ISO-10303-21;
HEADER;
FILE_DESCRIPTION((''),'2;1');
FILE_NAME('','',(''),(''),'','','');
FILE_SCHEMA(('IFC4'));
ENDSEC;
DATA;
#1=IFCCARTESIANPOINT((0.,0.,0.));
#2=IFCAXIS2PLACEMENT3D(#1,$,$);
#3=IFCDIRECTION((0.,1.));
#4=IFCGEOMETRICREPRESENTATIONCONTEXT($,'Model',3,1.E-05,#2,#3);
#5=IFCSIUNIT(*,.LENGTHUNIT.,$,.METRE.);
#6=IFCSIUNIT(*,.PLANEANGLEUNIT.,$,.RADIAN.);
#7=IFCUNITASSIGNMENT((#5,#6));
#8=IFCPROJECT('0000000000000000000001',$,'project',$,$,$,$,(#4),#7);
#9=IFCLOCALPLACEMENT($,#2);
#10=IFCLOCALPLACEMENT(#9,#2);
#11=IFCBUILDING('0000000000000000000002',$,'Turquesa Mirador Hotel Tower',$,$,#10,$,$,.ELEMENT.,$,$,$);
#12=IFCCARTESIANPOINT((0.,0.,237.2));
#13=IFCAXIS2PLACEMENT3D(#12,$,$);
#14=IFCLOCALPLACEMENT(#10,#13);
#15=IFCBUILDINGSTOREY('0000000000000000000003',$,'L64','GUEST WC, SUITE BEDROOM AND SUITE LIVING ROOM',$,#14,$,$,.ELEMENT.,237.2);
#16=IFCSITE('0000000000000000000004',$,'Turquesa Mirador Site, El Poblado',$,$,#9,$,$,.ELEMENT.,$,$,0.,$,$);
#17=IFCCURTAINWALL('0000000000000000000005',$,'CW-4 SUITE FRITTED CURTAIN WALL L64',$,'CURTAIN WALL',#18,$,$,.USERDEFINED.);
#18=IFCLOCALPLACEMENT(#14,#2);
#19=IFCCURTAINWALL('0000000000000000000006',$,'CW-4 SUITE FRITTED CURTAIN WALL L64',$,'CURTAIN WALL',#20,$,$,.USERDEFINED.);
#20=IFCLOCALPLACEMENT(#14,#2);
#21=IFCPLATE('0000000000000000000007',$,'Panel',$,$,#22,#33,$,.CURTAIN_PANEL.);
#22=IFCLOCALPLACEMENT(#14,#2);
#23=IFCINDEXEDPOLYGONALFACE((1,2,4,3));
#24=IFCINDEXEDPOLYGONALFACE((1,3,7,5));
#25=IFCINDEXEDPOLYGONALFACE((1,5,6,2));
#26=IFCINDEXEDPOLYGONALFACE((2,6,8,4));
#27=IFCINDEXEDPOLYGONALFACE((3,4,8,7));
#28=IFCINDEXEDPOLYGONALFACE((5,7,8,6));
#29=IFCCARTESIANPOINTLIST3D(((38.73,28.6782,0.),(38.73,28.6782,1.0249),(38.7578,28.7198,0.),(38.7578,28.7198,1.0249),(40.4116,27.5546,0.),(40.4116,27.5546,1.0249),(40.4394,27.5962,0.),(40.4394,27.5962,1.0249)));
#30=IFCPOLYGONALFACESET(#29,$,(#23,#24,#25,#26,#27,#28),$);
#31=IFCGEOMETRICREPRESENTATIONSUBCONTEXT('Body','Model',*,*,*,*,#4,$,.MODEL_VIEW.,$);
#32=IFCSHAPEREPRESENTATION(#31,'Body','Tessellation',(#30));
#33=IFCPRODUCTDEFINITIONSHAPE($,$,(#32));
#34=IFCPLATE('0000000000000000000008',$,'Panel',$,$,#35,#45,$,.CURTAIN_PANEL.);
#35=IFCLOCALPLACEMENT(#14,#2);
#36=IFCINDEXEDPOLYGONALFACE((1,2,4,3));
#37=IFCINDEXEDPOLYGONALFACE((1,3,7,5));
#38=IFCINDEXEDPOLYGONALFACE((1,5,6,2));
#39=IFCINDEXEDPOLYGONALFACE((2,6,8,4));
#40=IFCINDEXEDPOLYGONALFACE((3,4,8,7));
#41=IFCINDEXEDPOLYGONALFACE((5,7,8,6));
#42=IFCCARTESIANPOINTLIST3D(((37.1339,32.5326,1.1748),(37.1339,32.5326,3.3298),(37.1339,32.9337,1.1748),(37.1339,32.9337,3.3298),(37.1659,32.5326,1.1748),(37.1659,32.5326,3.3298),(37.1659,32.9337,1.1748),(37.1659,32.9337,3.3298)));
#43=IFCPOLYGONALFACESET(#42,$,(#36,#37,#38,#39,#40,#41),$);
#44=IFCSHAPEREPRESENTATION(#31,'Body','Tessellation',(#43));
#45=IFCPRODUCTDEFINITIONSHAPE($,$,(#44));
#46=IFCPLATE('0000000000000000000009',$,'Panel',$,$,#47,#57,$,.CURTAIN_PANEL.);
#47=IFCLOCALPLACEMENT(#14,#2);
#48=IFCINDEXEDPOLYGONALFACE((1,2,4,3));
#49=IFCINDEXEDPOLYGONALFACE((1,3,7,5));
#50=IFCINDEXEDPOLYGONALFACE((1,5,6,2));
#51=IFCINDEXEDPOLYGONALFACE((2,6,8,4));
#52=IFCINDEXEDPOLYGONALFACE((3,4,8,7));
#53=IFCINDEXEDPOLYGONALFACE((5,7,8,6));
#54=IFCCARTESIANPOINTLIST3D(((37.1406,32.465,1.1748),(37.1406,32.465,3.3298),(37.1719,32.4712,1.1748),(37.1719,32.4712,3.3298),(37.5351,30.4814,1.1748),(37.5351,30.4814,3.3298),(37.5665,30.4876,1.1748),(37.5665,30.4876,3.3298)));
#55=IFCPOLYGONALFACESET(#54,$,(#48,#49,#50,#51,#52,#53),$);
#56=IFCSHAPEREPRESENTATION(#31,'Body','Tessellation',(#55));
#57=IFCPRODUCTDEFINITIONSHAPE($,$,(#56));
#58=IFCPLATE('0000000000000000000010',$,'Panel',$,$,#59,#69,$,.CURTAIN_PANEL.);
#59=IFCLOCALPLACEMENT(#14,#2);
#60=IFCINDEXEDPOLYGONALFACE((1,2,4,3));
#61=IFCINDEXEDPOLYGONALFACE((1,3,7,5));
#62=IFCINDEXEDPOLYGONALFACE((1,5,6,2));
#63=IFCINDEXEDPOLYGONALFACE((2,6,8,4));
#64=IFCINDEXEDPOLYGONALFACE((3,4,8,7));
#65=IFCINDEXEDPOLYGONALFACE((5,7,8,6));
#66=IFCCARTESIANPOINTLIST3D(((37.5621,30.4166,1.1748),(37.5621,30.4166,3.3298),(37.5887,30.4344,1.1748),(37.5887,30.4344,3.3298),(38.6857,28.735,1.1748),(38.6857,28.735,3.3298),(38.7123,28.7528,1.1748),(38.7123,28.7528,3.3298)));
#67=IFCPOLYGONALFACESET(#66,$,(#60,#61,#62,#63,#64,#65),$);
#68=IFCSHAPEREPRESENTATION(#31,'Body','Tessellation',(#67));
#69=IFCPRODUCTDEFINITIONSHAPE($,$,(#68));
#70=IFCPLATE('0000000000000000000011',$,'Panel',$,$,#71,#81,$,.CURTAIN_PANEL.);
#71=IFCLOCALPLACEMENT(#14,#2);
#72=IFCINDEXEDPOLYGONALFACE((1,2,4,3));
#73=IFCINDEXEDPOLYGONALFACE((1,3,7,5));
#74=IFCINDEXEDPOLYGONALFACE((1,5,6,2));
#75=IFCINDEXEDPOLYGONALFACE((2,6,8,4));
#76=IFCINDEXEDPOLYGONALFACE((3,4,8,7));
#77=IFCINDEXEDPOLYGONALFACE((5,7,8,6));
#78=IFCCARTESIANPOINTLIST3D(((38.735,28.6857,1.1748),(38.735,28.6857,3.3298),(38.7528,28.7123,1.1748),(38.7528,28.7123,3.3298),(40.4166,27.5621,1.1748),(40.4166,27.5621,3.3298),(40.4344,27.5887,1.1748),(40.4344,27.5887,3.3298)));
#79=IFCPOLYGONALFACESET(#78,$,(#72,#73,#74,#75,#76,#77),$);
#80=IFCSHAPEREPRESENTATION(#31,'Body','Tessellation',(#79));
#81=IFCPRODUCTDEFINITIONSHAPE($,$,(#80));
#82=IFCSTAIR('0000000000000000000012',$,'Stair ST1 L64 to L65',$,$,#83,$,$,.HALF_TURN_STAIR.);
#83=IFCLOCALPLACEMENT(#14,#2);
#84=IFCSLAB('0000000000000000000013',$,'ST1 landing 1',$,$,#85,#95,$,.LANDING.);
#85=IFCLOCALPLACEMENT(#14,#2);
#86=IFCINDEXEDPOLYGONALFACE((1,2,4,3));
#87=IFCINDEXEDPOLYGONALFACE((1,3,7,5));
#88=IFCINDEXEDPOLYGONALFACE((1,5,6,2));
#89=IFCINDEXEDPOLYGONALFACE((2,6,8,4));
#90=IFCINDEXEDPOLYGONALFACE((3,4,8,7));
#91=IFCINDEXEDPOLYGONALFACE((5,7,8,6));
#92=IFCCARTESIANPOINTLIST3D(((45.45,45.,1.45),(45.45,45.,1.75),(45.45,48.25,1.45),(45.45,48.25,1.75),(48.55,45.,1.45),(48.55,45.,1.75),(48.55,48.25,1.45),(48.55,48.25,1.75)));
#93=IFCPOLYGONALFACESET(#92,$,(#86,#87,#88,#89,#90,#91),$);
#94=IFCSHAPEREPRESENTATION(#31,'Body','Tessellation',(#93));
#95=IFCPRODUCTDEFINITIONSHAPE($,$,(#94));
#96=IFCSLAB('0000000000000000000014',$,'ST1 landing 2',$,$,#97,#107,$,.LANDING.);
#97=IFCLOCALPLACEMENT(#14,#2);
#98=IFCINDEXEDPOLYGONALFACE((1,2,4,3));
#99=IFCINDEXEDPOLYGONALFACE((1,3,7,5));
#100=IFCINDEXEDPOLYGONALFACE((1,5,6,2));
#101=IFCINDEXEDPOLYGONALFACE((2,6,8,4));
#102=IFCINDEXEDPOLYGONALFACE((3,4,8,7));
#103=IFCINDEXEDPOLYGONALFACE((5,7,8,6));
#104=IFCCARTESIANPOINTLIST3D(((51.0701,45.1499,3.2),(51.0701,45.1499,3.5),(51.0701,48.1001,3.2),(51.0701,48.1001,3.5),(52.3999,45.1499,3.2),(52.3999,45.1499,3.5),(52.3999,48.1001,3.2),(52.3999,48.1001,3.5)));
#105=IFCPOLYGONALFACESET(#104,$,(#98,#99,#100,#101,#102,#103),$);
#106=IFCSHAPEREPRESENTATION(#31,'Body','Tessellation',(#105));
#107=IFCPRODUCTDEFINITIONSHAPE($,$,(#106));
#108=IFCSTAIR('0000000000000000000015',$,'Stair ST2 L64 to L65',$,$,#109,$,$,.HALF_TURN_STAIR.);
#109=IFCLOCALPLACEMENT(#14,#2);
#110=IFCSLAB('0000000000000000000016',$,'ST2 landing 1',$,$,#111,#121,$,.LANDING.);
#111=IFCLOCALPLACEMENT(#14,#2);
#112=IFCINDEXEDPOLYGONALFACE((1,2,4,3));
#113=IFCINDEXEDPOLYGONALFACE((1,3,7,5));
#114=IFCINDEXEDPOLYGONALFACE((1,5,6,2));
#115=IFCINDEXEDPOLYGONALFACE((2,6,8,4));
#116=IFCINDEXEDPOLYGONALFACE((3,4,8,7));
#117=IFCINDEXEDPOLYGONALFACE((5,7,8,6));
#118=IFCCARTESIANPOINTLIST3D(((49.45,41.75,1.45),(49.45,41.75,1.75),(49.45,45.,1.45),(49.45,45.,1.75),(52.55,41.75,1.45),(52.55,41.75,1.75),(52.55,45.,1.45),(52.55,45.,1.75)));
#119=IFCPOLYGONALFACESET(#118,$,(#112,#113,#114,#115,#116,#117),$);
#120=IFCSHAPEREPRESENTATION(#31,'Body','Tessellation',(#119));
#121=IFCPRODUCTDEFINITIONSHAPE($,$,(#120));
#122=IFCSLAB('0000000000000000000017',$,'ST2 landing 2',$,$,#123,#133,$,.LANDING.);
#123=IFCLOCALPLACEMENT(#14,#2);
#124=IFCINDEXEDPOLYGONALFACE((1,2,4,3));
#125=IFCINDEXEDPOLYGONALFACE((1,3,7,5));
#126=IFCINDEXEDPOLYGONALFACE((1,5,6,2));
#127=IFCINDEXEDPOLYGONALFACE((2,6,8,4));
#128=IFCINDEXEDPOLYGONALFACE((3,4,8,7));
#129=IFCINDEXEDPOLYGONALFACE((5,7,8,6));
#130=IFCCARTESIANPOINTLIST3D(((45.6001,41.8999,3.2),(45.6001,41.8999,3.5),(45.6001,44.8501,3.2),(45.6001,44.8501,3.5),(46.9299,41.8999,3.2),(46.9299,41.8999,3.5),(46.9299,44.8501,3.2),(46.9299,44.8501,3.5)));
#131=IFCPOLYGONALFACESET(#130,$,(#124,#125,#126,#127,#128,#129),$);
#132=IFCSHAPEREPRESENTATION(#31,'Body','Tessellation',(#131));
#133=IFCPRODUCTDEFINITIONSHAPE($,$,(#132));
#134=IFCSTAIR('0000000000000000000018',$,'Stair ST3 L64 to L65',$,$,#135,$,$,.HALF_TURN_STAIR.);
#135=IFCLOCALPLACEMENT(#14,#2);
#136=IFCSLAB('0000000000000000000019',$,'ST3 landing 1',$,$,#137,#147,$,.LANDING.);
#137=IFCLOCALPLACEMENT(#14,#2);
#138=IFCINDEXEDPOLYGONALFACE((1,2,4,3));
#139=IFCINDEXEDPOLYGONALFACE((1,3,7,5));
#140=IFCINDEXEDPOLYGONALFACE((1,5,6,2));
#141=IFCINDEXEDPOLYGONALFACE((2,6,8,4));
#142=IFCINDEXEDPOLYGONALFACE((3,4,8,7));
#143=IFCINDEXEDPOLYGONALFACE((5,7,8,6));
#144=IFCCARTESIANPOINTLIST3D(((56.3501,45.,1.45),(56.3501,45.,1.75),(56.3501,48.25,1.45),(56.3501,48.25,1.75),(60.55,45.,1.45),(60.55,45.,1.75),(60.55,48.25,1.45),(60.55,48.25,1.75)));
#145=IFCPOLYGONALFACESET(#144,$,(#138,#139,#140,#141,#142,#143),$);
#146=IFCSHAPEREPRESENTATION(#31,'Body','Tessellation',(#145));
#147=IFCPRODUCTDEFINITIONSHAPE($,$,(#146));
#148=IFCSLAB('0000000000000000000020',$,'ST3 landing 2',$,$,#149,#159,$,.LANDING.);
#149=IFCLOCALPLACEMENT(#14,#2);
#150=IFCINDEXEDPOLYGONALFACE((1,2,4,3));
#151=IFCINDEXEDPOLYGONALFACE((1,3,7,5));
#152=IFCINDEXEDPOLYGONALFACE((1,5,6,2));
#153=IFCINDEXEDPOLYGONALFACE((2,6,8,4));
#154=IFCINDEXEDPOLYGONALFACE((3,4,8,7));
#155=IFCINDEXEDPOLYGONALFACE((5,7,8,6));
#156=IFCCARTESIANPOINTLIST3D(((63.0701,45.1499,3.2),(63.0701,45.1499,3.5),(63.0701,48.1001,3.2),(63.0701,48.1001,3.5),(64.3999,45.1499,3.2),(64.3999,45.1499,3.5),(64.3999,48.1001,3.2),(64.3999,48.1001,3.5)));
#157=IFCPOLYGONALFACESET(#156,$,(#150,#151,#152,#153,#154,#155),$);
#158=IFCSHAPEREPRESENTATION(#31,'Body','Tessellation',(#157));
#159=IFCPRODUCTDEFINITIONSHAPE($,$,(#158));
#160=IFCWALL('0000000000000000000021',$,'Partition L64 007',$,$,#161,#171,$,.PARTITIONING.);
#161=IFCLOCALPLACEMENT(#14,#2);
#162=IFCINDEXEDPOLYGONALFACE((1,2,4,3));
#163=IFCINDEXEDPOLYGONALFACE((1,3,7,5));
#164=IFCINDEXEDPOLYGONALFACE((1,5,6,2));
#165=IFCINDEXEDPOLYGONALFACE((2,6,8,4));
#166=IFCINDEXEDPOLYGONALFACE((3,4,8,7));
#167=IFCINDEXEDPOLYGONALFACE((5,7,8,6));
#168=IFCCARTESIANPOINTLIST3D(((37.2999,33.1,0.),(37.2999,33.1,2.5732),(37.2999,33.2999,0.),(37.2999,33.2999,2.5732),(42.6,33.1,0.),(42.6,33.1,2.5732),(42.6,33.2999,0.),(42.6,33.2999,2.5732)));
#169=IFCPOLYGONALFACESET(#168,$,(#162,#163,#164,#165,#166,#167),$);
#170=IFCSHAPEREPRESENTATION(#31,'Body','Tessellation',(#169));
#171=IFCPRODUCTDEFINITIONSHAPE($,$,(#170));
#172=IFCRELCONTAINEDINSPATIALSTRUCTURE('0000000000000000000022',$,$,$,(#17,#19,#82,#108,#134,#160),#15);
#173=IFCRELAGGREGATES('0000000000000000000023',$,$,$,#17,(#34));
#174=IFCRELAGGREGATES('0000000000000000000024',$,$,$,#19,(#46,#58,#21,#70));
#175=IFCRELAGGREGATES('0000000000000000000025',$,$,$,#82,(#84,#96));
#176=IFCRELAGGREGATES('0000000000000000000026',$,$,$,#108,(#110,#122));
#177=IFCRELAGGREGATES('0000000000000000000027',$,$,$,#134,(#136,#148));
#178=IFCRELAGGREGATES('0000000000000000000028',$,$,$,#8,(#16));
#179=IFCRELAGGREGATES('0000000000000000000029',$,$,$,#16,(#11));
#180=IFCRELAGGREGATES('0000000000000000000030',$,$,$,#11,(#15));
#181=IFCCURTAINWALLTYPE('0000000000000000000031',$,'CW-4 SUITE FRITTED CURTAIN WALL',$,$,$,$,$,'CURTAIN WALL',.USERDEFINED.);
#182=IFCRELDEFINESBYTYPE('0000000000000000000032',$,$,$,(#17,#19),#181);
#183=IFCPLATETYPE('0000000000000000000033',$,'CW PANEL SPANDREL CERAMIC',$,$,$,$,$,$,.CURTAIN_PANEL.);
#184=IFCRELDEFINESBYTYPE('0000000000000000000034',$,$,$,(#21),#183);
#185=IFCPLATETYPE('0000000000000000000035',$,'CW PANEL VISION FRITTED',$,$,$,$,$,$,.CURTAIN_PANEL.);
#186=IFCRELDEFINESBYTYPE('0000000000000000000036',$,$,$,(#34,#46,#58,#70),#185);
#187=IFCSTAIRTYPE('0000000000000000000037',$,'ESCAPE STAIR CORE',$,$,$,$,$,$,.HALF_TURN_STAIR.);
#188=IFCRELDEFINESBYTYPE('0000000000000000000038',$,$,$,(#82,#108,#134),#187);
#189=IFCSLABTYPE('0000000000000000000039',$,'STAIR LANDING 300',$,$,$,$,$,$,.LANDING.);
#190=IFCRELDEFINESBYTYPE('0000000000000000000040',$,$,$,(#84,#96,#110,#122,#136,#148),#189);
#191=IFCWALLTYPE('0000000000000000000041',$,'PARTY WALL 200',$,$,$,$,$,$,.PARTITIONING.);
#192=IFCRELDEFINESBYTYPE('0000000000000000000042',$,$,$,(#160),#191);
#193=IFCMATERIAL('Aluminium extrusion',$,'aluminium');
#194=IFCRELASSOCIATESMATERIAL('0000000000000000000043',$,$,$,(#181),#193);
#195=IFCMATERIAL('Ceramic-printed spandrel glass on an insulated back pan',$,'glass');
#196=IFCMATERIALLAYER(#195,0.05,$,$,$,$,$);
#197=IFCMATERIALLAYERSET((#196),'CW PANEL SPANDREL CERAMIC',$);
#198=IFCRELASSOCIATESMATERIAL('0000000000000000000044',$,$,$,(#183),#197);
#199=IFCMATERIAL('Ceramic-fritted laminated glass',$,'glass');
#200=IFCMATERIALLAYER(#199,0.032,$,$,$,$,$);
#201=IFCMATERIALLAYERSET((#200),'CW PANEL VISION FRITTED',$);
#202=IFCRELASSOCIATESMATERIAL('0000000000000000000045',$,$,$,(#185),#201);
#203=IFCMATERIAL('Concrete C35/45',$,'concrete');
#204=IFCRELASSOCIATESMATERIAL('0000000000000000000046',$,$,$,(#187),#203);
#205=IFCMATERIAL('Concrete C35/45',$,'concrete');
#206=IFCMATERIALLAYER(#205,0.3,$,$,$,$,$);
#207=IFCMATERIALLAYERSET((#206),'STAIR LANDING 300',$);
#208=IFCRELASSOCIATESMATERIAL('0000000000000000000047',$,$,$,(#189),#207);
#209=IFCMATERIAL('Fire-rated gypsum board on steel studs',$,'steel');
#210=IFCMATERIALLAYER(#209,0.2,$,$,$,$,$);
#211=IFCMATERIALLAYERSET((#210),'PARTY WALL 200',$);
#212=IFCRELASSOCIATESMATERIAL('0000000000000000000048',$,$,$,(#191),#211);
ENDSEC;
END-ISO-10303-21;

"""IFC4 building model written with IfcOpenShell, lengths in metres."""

from ifc_helpers import new_model, si_unit, direction, frame, frame_2d, origin, origin_2d, place, context, subcontext, project, spatial, polyline, rectangle, outline, extrude, material, layer, layer_set, type_object, element, aggregate, save


model = new_model("IFC4")

# Units and contexts
model_context = context("Model", 3, precision=1e-05, world=origin(), true_north=direction((0.0, 1.0)))
body_context = subcontext(model_context, "Body", "Model", "MODEL_VIEW")
ifc_project = project(units=[si_unit("LENGTHUNIT", "METRE"), si_unit("PLANEANGLEUNIT", "RADIAN")], contexts=[model_context])

# Site, building, storey
site_placement = place(None, origin())
site = spatial("IfcSite", under=ifc_project, at=site_placement, Name="Turquesa Mirador Site, El Poblado", CompositionType="ELEMENT", RefElevation=0.0)
building_placement = place(site_placement, origin())
building = spatial("IfcBuilding", under=site, at=building_placement, Name="Turquesa Mirador Hotel Tower", CompositionType="ELEMENT")
storey_placement = place(building_placement, frame((0.0, 0.0, 237.2)))
storey = spatial("IfcBuildingStorey", under=building, at=storey_placement, Name="L64", Description="GUEST WC, SUITE BEDROOM AND SUITE LIVING ROOM", CompositionType="ELEMENT", Elevation=237.2)

# Curtain walls
ifc_material_1 = material(Name="Aluminium extrusion", Category="aluminium")
curtain_wall_type = type_object("IfcCurtainWallType", Name="CW-4 SUITE FRITTED CURTAIN WALL", ElementType="CURTAIN WALL", PredefinedType="USERDEFINED", material=ifc_material_1)
curtain_wall_1_placement = place(storey_placement, origin())
curtain_wall_1 = element("IfcCurtainWall", 1, at=curtain_wall_1_placement, inside=storey, type_object=curtain_wall_type, Name="CW-4 SUITE FRITTED CURTAIN WALL L64", ObjectType="CURTAIN WALL", PredefinedType="USERDEFINED")
curtain_wall_2_placement = place(storey_placement, origin())
curtain_wall_2 = element("IfcCurtainWall", 2, at=curtain_wall_2_placement, inside=storey, type_object=curtain_wall_type, Name="CW-4 SUITE FRITTED CURTAIN WALL L64", ObjectType="CURTAIN WALL", PredefinedType="USERDEFINED")

# Plates
ifc_material_2 = material(Name="Ceramic-printed spandrel glass on an insulated back pan", Category="glass")
ifc_layer_1 = layer(ifc_material_2, 0.05)
ifc_layer_set_1 = layer_set([ifc_layer_1], Name="CW PANEL SPANDREL CERAMIC")
plate_type_1 = type_object("IfcPlateType", Name="CW PANEL SPANDREL CERAMIC", PredefinedType="CURTAIN_PANEL", material=ifc_layer_set_1)
plate_1_placement = place(storey_placement, frame((39.5847, 28.1372, 0.0), z_axis=(0.0, 0.0, 1.0), x_axis=(0.83147, -0.55557, 0.0)))
plate_1 = element("IfcPlate", 3, at=plate_1_placement, type_object=plate_type_1, Name="Panel", PredefinedType="CURTAIN_PANEL", context=body_context, shape_type="SweptSolid", body=[
    extrude(rectangle(XDim=2.0225, YDim=0.05, at=origin_2d()), origin(), (0.0, 0.0, 1.0), 1.0249),
])
ifc_material_3 = material(Name="Ceramic-fritted laminated glass", Category="glass")
ifc_layer_2 = layer(ifc_material_3, 0.032)
ifc_layer_set_2 = layer_set([ifc_layer_2], Name="CW PANEL VISION FRITTED")
plate_type_2 = type_object("IfcPlateType", Name="CW PANEL VISION FRITTED", PredefinedType="CURTAIN_PANEL", material=ifc_layer_set_2)
plate_2_placement = place(storey_placement, frame((37.1499, 32.7332, 1.1748), z_axis=(0.0, 0.0, 1.0), x_axis=(0.0, -1.0, 0.0)))
plate_2 = element("IfcPlate", 4, at=plate_2_placement, type_object=plate_type_2, Name="Panel", PredefinedType="CURTAIN_PANEL", context=body_context, shape_type="SweptSolid", body=[
    extrude(rectangle(XDim=0.4011, YDim=0.032, at=origin_2d()), origin(), (0.0, 0.0, 1.0), 2.155),
])
aggregate(curtain_wall_1, [plate_2])
plate_3_placement = place(storey_placement, frame((37.3535, 31.4763, 1.1748), z_axis=(0.0, 0.0, 1.0), x_axis=(0.195091, -0.980785, 0.0)))
plate_3 = element("IfcPlate", 5, at=plate_3_placement, type_object=plate_type_2, Name="Panel", PredefinedType="CURTAIN_PANEL", context=body_context, shape_type="SweptSolid", body=[
    extrude(rectangle(XDim=2.0225, YDim=0.032, at=origin_2d()), origin(), (0.0, 0.0, 1.0), 2.155),
])
plate_4_placement = place(storey_placement, frame((38.1372, 29.5847, 1.1748), z_axis=(0.0, 0.0, 1.0), x_axis=(0.55557, -0.83147, 0.0)))
plate_4 = element("IfcPlate", 6, at=plate_4_placement, type_object=plate_type_2, Name="Panel", PredefinedType="CURTAIN_PANEL", context=body_context, shape_type="SweptSolid", body=[
    extrude(rectangle(XDim=2.0225, YDim=0.032, at=origin_2d()), origin(), (0.0, 0.0, 1.0), 2.155),
])
plate_5_placement = place(storey_placement, frame((39.5847, 28.1372, 1.1748), z_axis=(0.0, 0.0, 1.0), x_axis=(0.83147, -0.55557, 0.0)))
plate_5 = element("IfcPlate", 7, at=plate_5_placement, type_object=plate_type_2, Name="Panel", PredefinedType="CURTAIN_PANEL", context=body_context, shape_type="SweptSolid", body=[
    extrude(rectangle(XDim=2.0225, YDim=0.032, at=origin_2d()), origin(), (0.0, 0.0, 1.0), 2.155),
])
aggregate(curtain_wall_2, [plate_3, plate_4, plate_1, plate_5])

# Stairs, slabs
ifc_material_4 = material(Name="Concrete C35/45", Category="concrete")
stair_type = type_object("IfcStairType", Name="ESCAPE STAIR CORE", PredefinedType="HALF_TURN_STAIR", material=ifc_material_4)
stair_1_placement = place(storey_placement, origin())
stair_1 = element("IfcStair", 8, at=stair_1_placement, inside=storey, type_object=stair_type, Name="Stair ST1 L64 to L65", PredefinedType="HALF_TURN_STAIR")
ifc_material_5 = material(Name="Concrete C35/45", Category="concrete")
ifc_layer_3 = layer(ifc_material_5, 0.3)
ifc_layer_set_3 = layer_set([ifc_layer_3], Name="STAIR LANDING 300")
slab_type_1 = type_object("IfcSlabType", Name="STAIR LANDING 300", PredefinedType="LANDING", material=ifc_layer_set_3)
slab_1_placement = place(storey_placement, frame((0.0, 0.0, 1.45)))
slab_1 = element("IfcSlab", 9, at=slab_1_placement, type_object=slab_type_1, Name="ST1 landing 1", PredefinedType="LANDING", context=body_context, shape_type="SweptSolid", body=[
    extrude(outline(polyline([(45.45, 45.0), (48.55, 45.0), (48.55, 48.25), (45.45, 48.25), (45.45, 45.0)])), origin(), (0.0, 0.0, 1.0), 0.3),
])
slab_2_placement = place(storey_placement, frame((0.0, 0.0, 3.2)))
slab_2 = element("IfcSlab", 10, at=slab_2_placement, type_object=slab_type_1, Name="ST1 landing 2", PredefinedType="LANDING", context=body_context, shape_type="SweptSolid", body=[
    extrude(outline(polyline([(51.0701, 45.1499), (52.3999, 45.1499), (52.3999, 48.1001), (51.0701, 48.1001), (51.0701, 45.1499)])), origin(), (0.0, 0.0, 1.0), 0.3),
])
aggregate(stair_1, [slab_1, slab_2])
stair_2_placement = place(storey_placement, origin())
stair_2 = element("IfcStair", 11, at=stair_2_placement, inside=storey, type_object=stair_type, Name="Stair ST2 L64 to L65", PredefinedType="HALF_TURN_STAIR")
slab_3_placement = place(storey_placement, frame((0.0, 0.0, 1.45)))
slab_3 = element("IfcSlab", 12, at=slab_3_placement, type_object=slab_type_1, Name="ST2 landing 1", PredefinedType="LANDING", context=body_context, shape_type="SweptSolid", body=[
    extrude(outline(polyline([(52.55, 45.0), (49.45, 45.0), (49.45, 41.75), (52.55, 41.75), (52.55, 45.0)])), origin(), (0.0, 0.0, 1.0), 0.3),
])
slab_4_placement = place(storey_placement, frame((0.0, 0.0, 3.2)))
slab_4 = element("IfcSlab", 13, at=slab_4_placement, type_object=slab_type_1, Name="ST2 landing 2", PredefinedType="LANDING", context=body_context, shape_type="SweptSolid", body=[
    extrude(outline(polyline([(46.9299, 44.8501), (45.6001, 44.8501), (45.6001, 41.8999), (46.9299, 41.8999), (46.9299, 44.8501)])), origin(), (0.0, 0.0, 1.0), 0.3),
])
aggregate(stair_2, [slab_3, slab_4])
stair_3_placement = place(storey_placement, origin())
stair_3 = element("IfcStair", 14, at=stair_3_placement, inside=storey, type_object=stair_type, Name="Stair ST3 L64 to L65", PredefinedType="HALF_TURN_STAIR")
slab_5_placement = place(storey_placement, frame((0.0, 0.0, 1.45)))
slab_5 = element("IfcSlab", 15, at=slab_5_placement, type_object=slab_type_1, Name="ST3 landing 1", PredefinedType="LANDING", context=body_context, shape_type="SweptSolid", body=[
    extrude(outline(polyline([(56.3501, 45.0), (60.55, 45.0), (60.55, 48.25), (56.3501, 48.25), (56.3501, 45.0)])), origin(), (0.0, 0.0, 1.0), 0.3),
])
slab_6_placement = place(storey_placement, frame((0.0, 0.0, 3.2)))
slab_6 = element("IfcSlab", 16, at=slab_6_placement, type_object=slab_type_1, Name="ST3 landing 2", PredefinedType="LANDING", context=body_context, shape_type="SweptSolid", body=[
    extrude(outline(polyline([(63.0701, 45.1499), (64.3999, 45.1499), (64.3999, 48.1001), (63.0701, 48.1001), (63.0701, 45.1499)])), origin(), (0.0, 0.0, 1.0), 0.3),
])
aggregate(stair_3, [slab_5, slab_6])

# Wall
ifc_material_6 = material(Name="Fire-rated gypsum board on steel studs", Category="steel")
ifc_layer_4 = layer(ifc_material_6, 0.2)
ifc_layer_set_4 = layer_set([ifc_layer_4], Name="PARTY WALL 200")
wall_type = type_object("IfcWallType", Name="PARTY WALL 200", PredefinedType="PARTITIONING", material=ifc_layer_set_4)
wall_placement = place(storey_placement, frame((37.3, 33.2, 0.0), z_axis=(0.0, 0.0, 1.0), x_axis=(1.0, 0.0, 0.0)))
element("IfcWall", 17, at=wall_placement, inside=storey, type_object=wall_type, Name="Partition L64 007", PredefinedType="PARTITIONING", context=body_context, shape_type="SweptSolid", body=[
    extrude(rectangle(XDim=5.3, YDim=0.2, at=frame_2d((2.6499, 0.0))), origin(), (0.0, 0.0, 1.0), 2.5732),
])

save(model, "model.ifc")
